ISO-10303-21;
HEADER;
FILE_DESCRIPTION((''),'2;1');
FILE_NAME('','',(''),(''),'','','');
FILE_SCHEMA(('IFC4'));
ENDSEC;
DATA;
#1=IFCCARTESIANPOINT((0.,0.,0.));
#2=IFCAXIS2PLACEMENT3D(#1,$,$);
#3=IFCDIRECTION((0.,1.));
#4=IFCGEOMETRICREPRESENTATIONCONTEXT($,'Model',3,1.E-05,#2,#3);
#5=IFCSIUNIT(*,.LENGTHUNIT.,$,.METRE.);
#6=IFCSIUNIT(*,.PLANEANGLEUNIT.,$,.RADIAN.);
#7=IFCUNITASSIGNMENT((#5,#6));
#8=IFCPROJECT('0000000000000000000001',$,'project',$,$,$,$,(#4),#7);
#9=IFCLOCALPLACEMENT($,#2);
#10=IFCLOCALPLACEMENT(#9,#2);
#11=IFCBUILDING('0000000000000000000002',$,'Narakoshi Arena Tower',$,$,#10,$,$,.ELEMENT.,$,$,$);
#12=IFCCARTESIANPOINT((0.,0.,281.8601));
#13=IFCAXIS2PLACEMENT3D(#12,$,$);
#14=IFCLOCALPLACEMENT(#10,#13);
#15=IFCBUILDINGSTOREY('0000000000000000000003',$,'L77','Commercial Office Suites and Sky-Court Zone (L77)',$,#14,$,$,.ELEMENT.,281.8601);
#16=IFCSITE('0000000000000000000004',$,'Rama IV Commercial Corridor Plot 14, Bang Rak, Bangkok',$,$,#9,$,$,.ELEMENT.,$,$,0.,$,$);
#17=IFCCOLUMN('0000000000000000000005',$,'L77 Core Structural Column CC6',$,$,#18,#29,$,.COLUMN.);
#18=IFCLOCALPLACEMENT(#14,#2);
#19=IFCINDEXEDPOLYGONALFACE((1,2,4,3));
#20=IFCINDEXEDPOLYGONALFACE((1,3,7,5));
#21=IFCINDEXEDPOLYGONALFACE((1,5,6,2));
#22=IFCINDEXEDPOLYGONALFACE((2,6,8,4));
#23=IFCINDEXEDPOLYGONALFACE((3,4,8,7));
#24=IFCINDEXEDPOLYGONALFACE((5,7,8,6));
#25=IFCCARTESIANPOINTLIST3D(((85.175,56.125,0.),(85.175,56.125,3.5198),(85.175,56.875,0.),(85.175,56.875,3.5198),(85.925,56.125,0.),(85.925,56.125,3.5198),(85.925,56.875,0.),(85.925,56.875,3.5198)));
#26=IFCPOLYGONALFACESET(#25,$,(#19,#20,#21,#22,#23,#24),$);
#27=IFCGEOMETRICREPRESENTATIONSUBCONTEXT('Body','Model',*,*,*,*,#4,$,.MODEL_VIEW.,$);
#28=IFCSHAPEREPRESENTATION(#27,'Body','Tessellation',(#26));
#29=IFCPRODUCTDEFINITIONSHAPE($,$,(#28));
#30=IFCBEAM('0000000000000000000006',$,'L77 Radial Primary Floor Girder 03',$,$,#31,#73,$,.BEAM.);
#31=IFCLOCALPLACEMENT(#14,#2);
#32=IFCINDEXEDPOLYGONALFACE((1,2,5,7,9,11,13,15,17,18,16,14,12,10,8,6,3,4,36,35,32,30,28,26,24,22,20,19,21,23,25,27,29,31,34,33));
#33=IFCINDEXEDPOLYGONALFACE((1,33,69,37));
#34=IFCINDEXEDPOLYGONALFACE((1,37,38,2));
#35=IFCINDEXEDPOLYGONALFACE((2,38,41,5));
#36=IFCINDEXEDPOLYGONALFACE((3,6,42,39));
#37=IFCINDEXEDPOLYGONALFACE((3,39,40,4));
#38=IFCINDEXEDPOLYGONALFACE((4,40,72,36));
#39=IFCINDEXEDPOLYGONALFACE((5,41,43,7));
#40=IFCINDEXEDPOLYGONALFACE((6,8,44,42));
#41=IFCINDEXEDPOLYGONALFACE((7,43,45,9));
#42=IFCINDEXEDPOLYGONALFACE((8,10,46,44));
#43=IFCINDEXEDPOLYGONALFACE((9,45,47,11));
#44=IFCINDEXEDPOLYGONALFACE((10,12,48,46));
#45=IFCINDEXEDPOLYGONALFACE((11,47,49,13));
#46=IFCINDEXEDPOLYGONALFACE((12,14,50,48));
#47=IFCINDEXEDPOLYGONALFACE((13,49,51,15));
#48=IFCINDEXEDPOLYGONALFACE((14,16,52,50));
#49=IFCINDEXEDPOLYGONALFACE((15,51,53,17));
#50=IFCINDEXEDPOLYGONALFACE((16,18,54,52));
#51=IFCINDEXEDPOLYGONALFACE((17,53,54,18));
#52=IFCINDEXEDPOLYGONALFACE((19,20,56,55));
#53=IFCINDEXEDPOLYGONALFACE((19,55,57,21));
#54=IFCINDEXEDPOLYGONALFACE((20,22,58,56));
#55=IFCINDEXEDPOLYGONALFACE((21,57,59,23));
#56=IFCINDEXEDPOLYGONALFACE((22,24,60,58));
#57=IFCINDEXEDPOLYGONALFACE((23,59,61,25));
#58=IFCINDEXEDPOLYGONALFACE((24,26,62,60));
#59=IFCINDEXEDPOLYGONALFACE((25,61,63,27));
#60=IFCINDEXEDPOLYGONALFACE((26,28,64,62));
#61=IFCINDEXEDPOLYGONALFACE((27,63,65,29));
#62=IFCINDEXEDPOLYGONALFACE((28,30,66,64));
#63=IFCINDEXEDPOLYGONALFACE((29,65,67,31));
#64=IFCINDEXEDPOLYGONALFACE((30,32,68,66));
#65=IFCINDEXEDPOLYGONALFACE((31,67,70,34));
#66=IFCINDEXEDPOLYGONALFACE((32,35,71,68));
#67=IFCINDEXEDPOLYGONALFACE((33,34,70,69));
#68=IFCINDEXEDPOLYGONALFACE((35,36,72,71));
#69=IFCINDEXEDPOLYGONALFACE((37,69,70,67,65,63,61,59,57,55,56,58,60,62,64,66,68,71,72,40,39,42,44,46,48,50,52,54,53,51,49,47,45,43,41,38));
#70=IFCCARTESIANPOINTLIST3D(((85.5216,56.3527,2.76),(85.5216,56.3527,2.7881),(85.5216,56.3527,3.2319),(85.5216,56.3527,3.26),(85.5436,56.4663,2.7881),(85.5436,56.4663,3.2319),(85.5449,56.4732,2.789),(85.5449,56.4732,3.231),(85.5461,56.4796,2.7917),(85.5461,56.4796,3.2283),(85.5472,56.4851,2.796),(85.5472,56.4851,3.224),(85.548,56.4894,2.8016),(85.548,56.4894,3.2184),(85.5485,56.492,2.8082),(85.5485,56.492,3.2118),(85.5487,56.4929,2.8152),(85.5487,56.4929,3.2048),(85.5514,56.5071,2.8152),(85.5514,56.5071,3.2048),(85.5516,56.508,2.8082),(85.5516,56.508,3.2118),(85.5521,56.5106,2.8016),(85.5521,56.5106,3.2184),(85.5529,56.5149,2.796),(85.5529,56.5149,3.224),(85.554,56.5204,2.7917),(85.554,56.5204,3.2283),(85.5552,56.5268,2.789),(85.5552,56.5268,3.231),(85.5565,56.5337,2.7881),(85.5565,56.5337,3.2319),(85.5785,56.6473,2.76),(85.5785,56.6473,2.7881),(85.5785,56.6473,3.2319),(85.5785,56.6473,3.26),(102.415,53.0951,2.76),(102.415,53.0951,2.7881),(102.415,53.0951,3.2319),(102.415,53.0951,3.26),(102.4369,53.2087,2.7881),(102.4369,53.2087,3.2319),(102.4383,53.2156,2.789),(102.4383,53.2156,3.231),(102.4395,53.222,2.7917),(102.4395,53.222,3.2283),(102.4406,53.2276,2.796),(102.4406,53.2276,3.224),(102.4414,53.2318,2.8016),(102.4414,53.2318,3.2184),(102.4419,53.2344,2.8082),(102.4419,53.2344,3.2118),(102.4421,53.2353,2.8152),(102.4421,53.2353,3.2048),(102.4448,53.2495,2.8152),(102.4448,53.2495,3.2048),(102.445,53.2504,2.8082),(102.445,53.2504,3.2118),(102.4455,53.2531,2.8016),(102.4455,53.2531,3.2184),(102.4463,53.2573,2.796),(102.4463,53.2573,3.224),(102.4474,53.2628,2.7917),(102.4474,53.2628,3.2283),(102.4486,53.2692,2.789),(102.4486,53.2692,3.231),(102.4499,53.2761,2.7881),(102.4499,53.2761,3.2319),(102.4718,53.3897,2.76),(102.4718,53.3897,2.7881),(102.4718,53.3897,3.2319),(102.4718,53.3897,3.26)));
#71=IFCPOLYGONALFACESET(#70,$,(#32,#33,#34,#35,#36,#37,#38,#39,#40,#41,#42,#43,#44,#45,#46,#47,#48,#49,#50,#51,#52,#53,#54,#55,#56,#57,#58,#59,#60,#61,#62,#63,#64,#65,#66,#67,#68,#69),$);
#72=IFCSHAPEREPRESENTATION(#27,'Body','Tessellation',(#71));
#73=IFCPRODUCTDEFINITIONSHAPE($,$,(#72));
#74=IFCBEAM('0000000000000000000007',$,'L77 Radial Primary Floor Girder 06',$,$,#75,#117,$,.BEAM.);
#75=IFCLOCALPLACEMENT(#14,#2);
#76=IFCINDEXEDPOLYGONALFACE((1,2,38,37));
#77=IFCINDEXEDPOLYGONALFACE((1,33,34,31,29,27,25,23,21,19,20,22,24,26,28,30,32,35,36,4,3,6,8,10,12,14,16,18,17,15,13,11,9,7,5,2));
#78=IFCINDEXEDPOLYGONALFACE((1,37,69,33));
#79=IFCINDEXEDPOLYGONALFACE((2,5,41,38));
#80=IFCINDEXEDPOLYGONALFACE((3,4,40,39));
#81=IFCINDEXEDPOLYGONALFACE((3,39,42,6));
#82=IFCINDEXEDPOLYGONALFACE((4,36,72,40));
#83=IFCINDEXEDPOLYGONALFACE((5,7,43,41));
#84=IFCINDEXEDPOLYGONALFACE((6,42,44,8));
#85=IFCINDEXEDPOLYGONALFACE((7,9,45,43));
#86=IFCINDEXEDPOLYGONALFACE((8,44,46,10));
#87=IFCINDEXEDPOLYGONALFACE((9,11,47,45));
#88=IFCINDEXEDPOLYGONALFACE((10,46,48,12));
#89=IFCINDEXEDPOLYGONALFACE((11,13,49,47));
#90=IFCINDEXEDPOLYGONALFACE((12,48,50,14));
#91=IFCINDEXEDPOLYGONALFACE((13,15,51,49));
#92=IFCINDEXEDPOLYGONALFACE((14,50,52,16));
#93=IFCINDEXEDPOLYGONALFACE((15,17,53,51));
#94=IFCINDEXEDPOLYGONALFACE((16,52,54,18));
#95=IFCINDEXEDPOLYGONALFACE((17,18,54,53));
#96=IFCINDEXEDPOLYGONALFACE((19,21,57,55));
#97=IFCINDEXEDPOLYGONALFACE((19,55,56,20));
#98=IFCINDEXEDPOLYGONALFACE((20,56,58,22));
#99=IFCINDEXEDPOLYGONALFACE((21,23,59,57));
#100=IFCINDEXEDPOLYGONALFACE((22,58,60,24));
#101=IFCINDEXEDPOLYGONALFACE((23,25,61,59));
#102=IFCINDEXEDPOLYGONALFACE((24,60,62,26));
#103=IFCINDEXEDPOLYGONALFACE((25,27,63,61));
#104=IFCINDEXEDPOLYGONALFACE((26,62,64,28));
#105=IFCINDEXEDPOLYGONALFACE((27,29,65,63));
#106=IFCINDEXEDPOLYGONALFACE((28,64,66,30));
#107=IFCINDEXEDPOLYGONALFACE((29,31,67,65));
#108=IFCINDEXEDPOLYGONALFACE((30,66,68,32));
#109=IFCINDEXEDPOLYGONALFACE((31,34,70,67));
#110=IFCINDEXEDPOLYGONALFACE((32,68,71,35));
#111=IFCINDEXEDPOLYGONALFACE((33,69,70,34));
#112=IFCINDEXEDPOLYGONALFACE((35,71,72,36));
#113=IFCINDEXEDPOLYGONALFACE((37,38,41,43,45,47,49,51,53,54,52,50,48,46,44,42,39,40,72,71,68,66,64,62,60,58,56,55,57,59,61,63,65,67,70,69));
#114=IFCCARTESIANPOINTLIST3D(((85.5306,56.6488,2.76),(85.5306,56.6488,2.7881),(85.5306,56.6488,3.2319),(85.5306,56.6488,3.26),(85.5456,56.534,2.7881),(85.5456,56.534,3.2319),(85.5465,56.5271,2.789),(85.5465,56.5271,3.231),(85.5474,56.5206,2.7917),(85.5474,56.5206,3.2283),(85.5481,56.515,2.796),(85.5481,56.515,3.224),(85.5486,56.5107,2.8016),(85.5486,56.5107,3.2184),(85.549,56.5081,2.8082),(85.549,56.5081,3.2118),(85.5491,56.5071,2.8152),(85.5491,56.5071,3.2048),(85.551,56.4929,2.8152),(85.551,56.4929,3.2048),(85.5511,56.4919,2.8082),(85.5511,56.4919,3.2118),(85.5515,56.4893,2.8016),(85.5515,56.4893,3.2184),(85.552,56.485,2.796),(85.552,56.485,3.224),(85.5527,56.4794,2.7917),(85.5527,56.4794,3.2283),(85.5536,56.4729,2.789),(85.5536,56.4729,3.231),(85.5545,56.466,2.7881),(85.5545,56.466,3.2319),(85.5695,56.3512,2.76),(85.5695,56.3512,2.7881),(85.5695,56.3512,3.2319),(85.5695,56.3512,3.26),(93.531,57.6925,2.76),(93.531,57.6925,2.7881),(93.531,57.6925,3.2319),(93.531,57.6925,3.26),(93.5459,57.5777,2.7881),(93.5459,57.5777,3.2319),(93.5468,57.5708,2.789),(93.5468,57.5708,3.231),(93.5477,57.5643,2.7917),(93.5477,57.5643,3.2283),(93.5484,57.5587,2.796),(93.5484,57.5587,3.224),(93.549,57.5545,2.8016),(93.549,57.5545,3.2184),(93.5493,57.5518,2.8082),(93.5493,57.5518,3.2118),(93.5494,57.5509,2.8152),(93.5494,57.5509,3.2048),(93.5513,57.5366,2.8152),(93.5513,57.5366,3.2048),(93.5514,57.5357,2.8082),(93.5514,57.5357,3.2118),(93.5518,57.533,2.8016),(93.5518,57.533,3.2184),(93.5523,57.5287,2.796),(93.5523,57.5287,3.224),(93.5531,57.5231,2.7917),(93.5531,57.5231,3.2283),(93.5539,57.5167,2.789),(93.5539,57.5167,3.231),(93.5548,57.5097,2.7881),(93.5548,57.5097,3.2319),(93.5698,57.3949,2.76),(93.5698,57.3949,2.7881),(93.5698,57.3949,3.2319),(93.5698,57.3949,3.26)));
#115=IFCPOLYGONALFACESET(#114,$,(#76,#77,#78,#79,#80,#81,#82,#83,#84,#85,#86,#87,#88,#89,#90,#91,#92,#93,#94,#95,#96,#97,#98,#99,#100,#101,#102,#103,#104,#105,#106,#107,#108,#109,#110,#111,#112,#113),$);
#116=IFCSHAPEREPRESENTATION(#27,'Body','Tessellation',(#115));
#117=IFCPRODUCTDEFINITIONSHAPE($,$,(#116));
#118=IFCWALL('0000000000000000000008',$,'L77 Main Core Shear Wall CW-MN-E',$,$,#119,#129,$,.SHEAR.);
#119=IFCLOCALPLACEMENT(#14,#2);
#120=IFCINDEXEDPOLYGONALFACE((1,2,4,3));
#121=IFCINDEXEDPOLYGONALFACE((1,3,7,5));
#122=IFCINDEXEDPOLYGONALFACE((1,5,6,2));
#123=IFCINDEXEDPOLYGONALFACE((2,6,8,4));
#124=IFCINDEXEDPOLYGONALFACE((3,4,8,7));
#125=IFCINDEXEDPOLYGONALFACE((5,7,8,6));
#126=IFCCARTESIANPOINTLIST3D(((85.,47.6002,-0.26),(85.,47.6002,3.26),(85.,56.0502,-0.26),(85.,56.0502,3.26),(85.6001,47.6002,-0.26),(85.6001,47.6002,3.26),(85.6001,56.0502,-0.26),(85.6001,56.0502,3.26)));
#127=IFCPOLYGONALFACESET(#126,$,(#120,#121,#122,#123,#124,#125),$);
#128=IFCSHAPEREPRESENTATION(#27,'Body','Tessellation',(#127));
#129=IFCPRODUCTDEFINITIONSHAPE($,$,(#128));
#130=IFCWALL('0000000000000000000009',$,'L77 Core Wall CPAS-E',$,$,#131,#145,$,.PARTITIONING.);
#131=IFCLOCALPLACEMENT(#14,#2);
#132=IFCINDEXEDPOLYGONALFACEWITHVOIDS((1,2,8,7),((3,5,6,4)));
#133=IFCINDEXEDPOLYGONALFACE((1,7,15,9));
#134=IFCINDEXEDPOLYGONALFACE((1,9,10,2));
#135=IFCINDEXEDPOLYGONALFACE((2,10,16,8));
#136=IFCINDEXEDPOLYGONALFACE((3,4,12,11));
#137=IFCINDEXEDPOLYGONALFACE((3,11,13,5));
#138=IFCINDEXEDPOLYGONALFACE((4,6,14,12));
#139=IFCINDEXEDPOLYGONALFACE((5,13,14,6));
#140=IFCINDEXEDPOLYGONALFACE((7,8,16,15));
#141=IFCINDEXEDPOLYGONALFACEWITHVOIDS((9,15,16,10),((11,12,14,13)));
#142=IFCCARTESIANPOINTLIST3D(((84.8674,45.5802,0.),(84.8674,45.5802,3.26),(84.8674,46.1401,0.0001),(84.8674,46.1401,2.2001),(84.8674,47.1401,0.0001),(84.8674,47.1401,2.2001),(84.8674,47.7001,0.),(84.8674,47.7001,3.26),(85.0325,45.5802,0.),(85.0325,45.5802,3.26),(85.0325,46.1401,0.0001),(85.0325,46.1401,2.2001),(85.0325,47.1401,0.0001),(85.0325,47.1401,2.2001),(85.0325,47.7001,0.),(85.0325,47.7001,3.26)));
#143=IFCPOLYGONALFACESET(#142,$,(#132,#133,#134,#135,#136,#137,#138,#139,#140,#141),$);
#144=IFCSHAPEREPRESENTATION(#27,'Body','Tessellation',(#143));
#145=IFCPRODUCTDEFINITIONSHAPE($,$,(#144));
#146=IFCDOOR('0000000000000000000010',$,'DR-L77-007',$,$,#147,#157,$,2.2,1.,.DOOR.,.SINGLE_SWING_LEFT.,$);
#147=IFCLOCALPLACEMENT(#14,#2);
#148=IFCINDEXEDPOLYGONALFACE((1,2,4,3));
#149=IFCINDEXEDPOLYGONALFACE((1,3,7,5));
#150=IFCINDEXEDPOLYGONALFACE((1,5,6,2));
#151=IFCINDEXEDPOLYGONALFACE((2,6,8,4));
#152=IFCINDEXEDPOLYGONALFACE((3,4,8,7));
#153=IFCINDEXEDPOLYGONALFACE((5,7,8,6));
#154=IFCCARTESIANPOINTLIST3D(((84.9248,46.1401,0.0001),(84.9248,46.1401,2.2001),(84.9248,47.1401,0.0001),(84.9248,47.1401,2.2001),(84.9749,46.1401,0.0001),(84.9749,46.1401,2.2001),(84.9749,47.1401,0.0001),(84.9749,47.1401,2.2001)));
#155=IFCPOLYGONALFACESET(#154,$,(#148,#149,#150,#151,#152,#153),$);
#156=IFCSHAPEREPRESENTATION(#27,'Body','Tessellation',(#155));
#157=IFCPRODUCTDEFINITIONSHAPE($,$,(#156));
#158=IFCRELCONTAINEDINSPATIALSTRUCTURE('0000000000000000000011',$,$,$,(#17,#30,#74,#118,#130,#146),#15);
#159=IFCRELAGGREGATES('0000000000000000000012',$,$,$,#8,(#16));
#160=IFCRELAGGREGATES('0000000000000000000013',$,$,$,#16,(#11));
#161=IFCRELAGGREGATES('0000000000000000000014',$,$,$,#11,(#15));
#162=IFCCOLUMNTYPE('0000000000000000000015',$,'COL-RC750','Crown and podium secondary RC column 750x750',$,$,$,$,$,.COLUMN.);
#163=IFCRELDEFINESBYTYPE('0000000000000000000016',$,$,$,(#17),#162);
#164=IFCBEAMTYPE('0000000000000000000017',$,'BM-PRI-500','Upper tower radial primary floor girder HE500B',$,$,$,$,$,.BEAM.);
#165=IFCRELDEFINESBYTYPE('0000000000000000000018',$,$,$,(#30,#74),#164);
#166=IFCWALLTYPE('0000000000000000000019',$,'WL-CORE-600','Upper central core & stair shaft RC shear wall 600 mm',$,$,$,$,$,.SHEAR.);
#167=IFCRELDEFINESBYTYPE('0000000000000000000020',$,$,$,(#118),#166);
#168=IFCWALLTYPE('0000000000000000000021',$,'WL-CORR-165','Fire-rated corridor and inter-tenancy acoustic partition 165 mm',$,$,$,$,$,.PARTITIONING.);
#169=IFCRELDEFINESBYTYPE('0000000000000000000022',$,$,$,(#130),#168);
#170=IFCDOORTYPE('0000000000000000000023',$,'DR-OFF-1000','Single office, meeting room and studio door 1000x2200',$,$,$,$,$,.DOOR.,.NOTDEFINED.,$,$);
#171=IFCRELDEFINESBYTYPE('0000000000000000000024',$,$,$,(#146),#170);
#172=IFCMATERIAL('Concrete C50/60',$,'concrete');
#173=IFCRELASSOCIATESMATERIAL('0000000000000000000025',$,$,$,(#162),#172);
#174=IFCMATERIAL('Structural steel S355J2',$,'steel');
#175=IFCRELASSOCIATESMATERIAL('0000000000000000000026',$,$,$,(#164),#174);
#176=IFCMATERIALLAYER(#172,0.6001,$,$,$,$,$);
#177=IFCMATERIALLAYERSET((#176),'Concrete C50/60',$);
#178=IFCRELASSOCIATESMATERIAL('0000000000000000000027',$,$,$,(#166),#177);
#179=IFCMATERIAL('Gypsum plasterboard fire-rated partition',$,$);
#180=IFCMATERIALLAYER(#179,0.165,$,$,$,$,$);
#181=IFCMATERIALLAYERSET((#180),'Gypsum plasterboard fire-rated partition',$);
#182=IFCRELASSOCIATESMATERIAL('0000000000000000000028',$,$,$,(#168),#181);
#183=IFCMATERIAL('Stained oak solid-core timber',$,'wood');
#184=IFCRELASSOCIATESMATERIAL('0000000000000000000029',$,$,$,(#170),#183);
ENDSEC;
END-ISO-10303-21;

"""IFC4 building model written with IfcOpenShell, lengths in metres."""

from ifc_helpers import new_model, si_unit, direction, frame, frame_2d, origin, origin_2d, place, context, subcontext, project, spatial, rectangle, i_section, extrude, material, layer, layer_set, material_profile, profile_set, type_object, element, fill, save


model = new_model("IFC4")

# Units and contexts
model_context = context("Model", 3, precision=1e-05, world=origin(), true_north=direction((0.0, 1.0)))
body_context = subcontext(model_context, "Body", "Model", "MODEL_VIEW")
ifc_project = project(units=[si_unit("LENGTHUNIT", "METRE"), si_unit("PLANEANGLEUNIT", "RADIAN")], contexts=[model_context])

# Site, building, storey
site_placement = place(None, origin())
site = spatial("IfcSite", under=ifc_project, at=site_placement, Name="Rama IV Commercial Corridor Plot 14, Bang Rak, Bangkok", CompositionType="ELEMENT", RefElevation=0.0)
building_placement = place(site_placement, origin())
building = spatial("IfcBuilding", under=site, at=building_placement, Name="Narakoshi Arena Tower", CompositionType="ELEMENT")
storey_placement = place(building_placement, frame((0.0, 0.0, 281.8601)))
storey = spatial("IfcBuildingStorey", under=building, at=storey_placement, Name="L77", Description="Commercial Office Suites and Sky-Court Zone (L77)", CompositionType="ELEMENT", Elevation=281.8601)

# Column
ifc_material_1 = material(Name="Concrete C50/60", Category="concrete")
ifc_material_profile_1 = material_profile(ifc_material_1, rectangle(XDim=0.75, YDim=0.75, at=origin_2d()), Name="RC750x750")
ifc_profile_set_1 = profile_set([ifc_material_profile_1], Name="Concrete C50/60")
column_type = type_object("IfcColumnType", Name="COL-RC750", Description="Crown and podium secondary RC column 750x750", PredefinedType="COLUMN", material=ifc_profile_set_1)
column_placement = place(storey_placement, frame((85.55, 56.5, 0.0), z_axis=(0.0, 0.0, 1.0), x_axis=(1.0, 0.0, 0.0)))
element("IfcColumn", 1, at=column_placement, inside=storey, type_object=column_type, Name="L77 Core Structural Column CC6", PredefinedType="COLUMN", context=body_context, shape_type="SweptSolid", body=[
    extrude(rectangle(XDim=0.75, YDim=0.75, at=origin_2d()), origin(), (0.0, 0.0, 1.0), 3.5198),
])

# Beams
ifc_material_2 = material(Name="Structural steel S355J2", Category="steel")
ifc_material_profile_2 = material_profile(ifc_material_2, i_section(OverallWidth=0.3, OverallDepth=0.5, WebThickness=0.0144, FlangeThickness=0.0281, FilletRadius=0.0271, at=origin_2d()), Name="HE500B")
ifc_profile_set_2 = profile_set([ifc_material_profile_2], Name="Structural steel S355J2")
beam_type = type_object("IfcBeamType", Name="BM-PRI-500", Description="Upper tower radial primary floor girder HE500B", PredefinedType="BEAM", material=ifc_profile_set_2)
beam_1_placement = place(storey_placement, frame((85.55, 56.5, 3.01), z_axis=(0.981911, -0.189344, 0.0), x_axis=(0.189344, 0.981911, 0.0)))
element("IfcBeam", 2, at=beam_1_placement, inside=storey, type_object=beam_type, Name="L77 Radial Primary Floor Girder 03", PredefinedType="BEAM", context=body_context, shape_type="SweptSolid", body=[
    extrude(i_section(OverallWidth=0.3, OverallDepth=0.5, WebThickness=0.0144, FlangeThickness=0.0281, FilletRadius=0.0271, at=origin_2d()), origin(), (0.0, 0.0, 1.0), 17.2046),
])
beam_2_placement = place(storey_placement, frame((85.55, 56.5, 3.01), z_axis=(0.991597, 0.129362, 0.0), x_axis=(-0.129362, 0.991597, 0.0)))
element("IfcBeam", 3, at=beam_2_placement, inside=storey, type_object=beam_type, Name="L77 Radial Primary Floor Girder 06", PredefinedType="BEAM", context=body_context, shape_type="SweptSolid", body=[
    extrude(i_section(OverallWidth=0.3, OverallDepth=0.5, WebThickness=0.0144, FlangeThickness=0.0281, FilletRadius=0.0271, at=origin_2d()), origin(), (0.0, 0.0, 1.0), 8.0681),
])

# Wall
ifc_layer_1 = layer(ifc_material_1, 0.6001)
ifc_layer_set_1 = layer_set([ifc_layer_1], Name="Concrete C50/60")
wall_type_1 = type_object("IfcWallType", Name="WL-CORE-600", Description="Upper central core & stair shaft RC shear wall 600 mm", PredefinedType="SHEAR", material=ifc_layer_set_1)
wall_1_placement = place(storey_placement, frame((85.3, 47.6001, -0.26), z_axis=(0.0, 0.0, 1.0), x_axis=(0.0, 1.0, 0.0)))
element("IfcWall", 4, at=wall_1_placement, inside=storey, type_object=wall_type_1, Name="L77 Main Core Shear Wall CW-MN-E", PredefinedType="SHEAR", context=body_context, shape_type="SweptSolid", body=[
    extrude(rectangle(XDim=8.45, YDim=0.6001, at=frame_2d((4.2251, 0.0))), origin(), (0.0, 0.0, 1.0), 3.52),
])

# Wall, opening, door
ifc_material_3 = material(Name="Gypsum plasterboard fire-rated partition")
ifc_layer_2 = layer(ifc_material_3, 0.165)
ifc_layer_set_2 = layer_set([ifc_layer_2], Name="Gypsum plasterboard fire-rated partition")
wall_type_2 = type_object("IfcWallType", Name="WL-CORR-165", Description="Fire-rated corridor and inter-tenancy acoustic partition 165 mm", PredefinedType="PARTITIONING", material=ifc_layer_set_2)
wall_2_placement = place(storey_placement, frame((84.95, 45.5801, 0.0), z_axis=(0.0, 0.0, 1.0), x_axis=(0.0, 1.0, 0.0)))
wall_2 = element("IfcWall", 5, at=wall_2_placement, inside=storey, type_object=wall_type_2, Name="L77 Core Wall CPAS-E", PredefinedType="PARTITIONING", context=body_context, shape_type="SweptSolid", body=[
    extrude(rectangle(XDim=2.1199, YDim=0.165, at=frame_2d((1.0601, 0.0))), origin(), (0.0, 0.0, 1.0), 3.26),
])
opening_1_placement = place(wall_2_placement, frame((0.5601, 0.0, 0.0)))
opening_1 = element("IfcOpeningElement", 6, at=opening_1_placement, cuts=wall_2, PredefinedType="OPENING", context=body_context, shape_type="SweptSolid", body=[
    extrude(rectangle(XDim=1.0, YDim=2.2, at=frame_2d((0.5, 1.1001))), frame((0.0, 0.0925, 0.0), z_axis=(0.0, -1.0, 0.0), x_axis=(1.0, 0.0, 0.0)), (0.0, 0.0, 1.0), 0.1851),
])
ifc_material_4 = material(Name="Stained oak solid-core timber", Category="wood")
door_type_1 = type_object("IfcDoorType", Name="DR-OFF-1000", Description="Single office, meeting room and studio door 1000x2200", OperationType="NOTDEFINED", PredefinedType="DOOR", material=ifc_material_4)
door_1_placement = place(opening_1_placement, frame((1.0, 0.0, 0.0), z_axis=(0.0, 0.0, 1.0), x_axis=(-1.0, 0.0, 0.0)))
door_1 = element("IfcDoor", 7, at=door_1_placement, inside=storey, type_object=door_type_1, Name="DR-L77-007", OperationType="SINGLE_SWING_LEFT", OverallHeight=2.2, OverallWidth=1.0, PredefinedType="DOOR", context=body_context, shape_type="SweptSolid", body=[
    extrude(rectangle(XDim=1.0, YDim=2.2, at=frame_2d((0.5, 1.1001))), frame((0.0, 0.0249, 0.0), z_axis=(0.0, -1.0, 0.0), x_axis=(1.0, 0.0, 0.0)), (0.0, 0.0, 1.0), 0.05),
])
fill(opening_1, door_1)

save(model, "model.ifc")
